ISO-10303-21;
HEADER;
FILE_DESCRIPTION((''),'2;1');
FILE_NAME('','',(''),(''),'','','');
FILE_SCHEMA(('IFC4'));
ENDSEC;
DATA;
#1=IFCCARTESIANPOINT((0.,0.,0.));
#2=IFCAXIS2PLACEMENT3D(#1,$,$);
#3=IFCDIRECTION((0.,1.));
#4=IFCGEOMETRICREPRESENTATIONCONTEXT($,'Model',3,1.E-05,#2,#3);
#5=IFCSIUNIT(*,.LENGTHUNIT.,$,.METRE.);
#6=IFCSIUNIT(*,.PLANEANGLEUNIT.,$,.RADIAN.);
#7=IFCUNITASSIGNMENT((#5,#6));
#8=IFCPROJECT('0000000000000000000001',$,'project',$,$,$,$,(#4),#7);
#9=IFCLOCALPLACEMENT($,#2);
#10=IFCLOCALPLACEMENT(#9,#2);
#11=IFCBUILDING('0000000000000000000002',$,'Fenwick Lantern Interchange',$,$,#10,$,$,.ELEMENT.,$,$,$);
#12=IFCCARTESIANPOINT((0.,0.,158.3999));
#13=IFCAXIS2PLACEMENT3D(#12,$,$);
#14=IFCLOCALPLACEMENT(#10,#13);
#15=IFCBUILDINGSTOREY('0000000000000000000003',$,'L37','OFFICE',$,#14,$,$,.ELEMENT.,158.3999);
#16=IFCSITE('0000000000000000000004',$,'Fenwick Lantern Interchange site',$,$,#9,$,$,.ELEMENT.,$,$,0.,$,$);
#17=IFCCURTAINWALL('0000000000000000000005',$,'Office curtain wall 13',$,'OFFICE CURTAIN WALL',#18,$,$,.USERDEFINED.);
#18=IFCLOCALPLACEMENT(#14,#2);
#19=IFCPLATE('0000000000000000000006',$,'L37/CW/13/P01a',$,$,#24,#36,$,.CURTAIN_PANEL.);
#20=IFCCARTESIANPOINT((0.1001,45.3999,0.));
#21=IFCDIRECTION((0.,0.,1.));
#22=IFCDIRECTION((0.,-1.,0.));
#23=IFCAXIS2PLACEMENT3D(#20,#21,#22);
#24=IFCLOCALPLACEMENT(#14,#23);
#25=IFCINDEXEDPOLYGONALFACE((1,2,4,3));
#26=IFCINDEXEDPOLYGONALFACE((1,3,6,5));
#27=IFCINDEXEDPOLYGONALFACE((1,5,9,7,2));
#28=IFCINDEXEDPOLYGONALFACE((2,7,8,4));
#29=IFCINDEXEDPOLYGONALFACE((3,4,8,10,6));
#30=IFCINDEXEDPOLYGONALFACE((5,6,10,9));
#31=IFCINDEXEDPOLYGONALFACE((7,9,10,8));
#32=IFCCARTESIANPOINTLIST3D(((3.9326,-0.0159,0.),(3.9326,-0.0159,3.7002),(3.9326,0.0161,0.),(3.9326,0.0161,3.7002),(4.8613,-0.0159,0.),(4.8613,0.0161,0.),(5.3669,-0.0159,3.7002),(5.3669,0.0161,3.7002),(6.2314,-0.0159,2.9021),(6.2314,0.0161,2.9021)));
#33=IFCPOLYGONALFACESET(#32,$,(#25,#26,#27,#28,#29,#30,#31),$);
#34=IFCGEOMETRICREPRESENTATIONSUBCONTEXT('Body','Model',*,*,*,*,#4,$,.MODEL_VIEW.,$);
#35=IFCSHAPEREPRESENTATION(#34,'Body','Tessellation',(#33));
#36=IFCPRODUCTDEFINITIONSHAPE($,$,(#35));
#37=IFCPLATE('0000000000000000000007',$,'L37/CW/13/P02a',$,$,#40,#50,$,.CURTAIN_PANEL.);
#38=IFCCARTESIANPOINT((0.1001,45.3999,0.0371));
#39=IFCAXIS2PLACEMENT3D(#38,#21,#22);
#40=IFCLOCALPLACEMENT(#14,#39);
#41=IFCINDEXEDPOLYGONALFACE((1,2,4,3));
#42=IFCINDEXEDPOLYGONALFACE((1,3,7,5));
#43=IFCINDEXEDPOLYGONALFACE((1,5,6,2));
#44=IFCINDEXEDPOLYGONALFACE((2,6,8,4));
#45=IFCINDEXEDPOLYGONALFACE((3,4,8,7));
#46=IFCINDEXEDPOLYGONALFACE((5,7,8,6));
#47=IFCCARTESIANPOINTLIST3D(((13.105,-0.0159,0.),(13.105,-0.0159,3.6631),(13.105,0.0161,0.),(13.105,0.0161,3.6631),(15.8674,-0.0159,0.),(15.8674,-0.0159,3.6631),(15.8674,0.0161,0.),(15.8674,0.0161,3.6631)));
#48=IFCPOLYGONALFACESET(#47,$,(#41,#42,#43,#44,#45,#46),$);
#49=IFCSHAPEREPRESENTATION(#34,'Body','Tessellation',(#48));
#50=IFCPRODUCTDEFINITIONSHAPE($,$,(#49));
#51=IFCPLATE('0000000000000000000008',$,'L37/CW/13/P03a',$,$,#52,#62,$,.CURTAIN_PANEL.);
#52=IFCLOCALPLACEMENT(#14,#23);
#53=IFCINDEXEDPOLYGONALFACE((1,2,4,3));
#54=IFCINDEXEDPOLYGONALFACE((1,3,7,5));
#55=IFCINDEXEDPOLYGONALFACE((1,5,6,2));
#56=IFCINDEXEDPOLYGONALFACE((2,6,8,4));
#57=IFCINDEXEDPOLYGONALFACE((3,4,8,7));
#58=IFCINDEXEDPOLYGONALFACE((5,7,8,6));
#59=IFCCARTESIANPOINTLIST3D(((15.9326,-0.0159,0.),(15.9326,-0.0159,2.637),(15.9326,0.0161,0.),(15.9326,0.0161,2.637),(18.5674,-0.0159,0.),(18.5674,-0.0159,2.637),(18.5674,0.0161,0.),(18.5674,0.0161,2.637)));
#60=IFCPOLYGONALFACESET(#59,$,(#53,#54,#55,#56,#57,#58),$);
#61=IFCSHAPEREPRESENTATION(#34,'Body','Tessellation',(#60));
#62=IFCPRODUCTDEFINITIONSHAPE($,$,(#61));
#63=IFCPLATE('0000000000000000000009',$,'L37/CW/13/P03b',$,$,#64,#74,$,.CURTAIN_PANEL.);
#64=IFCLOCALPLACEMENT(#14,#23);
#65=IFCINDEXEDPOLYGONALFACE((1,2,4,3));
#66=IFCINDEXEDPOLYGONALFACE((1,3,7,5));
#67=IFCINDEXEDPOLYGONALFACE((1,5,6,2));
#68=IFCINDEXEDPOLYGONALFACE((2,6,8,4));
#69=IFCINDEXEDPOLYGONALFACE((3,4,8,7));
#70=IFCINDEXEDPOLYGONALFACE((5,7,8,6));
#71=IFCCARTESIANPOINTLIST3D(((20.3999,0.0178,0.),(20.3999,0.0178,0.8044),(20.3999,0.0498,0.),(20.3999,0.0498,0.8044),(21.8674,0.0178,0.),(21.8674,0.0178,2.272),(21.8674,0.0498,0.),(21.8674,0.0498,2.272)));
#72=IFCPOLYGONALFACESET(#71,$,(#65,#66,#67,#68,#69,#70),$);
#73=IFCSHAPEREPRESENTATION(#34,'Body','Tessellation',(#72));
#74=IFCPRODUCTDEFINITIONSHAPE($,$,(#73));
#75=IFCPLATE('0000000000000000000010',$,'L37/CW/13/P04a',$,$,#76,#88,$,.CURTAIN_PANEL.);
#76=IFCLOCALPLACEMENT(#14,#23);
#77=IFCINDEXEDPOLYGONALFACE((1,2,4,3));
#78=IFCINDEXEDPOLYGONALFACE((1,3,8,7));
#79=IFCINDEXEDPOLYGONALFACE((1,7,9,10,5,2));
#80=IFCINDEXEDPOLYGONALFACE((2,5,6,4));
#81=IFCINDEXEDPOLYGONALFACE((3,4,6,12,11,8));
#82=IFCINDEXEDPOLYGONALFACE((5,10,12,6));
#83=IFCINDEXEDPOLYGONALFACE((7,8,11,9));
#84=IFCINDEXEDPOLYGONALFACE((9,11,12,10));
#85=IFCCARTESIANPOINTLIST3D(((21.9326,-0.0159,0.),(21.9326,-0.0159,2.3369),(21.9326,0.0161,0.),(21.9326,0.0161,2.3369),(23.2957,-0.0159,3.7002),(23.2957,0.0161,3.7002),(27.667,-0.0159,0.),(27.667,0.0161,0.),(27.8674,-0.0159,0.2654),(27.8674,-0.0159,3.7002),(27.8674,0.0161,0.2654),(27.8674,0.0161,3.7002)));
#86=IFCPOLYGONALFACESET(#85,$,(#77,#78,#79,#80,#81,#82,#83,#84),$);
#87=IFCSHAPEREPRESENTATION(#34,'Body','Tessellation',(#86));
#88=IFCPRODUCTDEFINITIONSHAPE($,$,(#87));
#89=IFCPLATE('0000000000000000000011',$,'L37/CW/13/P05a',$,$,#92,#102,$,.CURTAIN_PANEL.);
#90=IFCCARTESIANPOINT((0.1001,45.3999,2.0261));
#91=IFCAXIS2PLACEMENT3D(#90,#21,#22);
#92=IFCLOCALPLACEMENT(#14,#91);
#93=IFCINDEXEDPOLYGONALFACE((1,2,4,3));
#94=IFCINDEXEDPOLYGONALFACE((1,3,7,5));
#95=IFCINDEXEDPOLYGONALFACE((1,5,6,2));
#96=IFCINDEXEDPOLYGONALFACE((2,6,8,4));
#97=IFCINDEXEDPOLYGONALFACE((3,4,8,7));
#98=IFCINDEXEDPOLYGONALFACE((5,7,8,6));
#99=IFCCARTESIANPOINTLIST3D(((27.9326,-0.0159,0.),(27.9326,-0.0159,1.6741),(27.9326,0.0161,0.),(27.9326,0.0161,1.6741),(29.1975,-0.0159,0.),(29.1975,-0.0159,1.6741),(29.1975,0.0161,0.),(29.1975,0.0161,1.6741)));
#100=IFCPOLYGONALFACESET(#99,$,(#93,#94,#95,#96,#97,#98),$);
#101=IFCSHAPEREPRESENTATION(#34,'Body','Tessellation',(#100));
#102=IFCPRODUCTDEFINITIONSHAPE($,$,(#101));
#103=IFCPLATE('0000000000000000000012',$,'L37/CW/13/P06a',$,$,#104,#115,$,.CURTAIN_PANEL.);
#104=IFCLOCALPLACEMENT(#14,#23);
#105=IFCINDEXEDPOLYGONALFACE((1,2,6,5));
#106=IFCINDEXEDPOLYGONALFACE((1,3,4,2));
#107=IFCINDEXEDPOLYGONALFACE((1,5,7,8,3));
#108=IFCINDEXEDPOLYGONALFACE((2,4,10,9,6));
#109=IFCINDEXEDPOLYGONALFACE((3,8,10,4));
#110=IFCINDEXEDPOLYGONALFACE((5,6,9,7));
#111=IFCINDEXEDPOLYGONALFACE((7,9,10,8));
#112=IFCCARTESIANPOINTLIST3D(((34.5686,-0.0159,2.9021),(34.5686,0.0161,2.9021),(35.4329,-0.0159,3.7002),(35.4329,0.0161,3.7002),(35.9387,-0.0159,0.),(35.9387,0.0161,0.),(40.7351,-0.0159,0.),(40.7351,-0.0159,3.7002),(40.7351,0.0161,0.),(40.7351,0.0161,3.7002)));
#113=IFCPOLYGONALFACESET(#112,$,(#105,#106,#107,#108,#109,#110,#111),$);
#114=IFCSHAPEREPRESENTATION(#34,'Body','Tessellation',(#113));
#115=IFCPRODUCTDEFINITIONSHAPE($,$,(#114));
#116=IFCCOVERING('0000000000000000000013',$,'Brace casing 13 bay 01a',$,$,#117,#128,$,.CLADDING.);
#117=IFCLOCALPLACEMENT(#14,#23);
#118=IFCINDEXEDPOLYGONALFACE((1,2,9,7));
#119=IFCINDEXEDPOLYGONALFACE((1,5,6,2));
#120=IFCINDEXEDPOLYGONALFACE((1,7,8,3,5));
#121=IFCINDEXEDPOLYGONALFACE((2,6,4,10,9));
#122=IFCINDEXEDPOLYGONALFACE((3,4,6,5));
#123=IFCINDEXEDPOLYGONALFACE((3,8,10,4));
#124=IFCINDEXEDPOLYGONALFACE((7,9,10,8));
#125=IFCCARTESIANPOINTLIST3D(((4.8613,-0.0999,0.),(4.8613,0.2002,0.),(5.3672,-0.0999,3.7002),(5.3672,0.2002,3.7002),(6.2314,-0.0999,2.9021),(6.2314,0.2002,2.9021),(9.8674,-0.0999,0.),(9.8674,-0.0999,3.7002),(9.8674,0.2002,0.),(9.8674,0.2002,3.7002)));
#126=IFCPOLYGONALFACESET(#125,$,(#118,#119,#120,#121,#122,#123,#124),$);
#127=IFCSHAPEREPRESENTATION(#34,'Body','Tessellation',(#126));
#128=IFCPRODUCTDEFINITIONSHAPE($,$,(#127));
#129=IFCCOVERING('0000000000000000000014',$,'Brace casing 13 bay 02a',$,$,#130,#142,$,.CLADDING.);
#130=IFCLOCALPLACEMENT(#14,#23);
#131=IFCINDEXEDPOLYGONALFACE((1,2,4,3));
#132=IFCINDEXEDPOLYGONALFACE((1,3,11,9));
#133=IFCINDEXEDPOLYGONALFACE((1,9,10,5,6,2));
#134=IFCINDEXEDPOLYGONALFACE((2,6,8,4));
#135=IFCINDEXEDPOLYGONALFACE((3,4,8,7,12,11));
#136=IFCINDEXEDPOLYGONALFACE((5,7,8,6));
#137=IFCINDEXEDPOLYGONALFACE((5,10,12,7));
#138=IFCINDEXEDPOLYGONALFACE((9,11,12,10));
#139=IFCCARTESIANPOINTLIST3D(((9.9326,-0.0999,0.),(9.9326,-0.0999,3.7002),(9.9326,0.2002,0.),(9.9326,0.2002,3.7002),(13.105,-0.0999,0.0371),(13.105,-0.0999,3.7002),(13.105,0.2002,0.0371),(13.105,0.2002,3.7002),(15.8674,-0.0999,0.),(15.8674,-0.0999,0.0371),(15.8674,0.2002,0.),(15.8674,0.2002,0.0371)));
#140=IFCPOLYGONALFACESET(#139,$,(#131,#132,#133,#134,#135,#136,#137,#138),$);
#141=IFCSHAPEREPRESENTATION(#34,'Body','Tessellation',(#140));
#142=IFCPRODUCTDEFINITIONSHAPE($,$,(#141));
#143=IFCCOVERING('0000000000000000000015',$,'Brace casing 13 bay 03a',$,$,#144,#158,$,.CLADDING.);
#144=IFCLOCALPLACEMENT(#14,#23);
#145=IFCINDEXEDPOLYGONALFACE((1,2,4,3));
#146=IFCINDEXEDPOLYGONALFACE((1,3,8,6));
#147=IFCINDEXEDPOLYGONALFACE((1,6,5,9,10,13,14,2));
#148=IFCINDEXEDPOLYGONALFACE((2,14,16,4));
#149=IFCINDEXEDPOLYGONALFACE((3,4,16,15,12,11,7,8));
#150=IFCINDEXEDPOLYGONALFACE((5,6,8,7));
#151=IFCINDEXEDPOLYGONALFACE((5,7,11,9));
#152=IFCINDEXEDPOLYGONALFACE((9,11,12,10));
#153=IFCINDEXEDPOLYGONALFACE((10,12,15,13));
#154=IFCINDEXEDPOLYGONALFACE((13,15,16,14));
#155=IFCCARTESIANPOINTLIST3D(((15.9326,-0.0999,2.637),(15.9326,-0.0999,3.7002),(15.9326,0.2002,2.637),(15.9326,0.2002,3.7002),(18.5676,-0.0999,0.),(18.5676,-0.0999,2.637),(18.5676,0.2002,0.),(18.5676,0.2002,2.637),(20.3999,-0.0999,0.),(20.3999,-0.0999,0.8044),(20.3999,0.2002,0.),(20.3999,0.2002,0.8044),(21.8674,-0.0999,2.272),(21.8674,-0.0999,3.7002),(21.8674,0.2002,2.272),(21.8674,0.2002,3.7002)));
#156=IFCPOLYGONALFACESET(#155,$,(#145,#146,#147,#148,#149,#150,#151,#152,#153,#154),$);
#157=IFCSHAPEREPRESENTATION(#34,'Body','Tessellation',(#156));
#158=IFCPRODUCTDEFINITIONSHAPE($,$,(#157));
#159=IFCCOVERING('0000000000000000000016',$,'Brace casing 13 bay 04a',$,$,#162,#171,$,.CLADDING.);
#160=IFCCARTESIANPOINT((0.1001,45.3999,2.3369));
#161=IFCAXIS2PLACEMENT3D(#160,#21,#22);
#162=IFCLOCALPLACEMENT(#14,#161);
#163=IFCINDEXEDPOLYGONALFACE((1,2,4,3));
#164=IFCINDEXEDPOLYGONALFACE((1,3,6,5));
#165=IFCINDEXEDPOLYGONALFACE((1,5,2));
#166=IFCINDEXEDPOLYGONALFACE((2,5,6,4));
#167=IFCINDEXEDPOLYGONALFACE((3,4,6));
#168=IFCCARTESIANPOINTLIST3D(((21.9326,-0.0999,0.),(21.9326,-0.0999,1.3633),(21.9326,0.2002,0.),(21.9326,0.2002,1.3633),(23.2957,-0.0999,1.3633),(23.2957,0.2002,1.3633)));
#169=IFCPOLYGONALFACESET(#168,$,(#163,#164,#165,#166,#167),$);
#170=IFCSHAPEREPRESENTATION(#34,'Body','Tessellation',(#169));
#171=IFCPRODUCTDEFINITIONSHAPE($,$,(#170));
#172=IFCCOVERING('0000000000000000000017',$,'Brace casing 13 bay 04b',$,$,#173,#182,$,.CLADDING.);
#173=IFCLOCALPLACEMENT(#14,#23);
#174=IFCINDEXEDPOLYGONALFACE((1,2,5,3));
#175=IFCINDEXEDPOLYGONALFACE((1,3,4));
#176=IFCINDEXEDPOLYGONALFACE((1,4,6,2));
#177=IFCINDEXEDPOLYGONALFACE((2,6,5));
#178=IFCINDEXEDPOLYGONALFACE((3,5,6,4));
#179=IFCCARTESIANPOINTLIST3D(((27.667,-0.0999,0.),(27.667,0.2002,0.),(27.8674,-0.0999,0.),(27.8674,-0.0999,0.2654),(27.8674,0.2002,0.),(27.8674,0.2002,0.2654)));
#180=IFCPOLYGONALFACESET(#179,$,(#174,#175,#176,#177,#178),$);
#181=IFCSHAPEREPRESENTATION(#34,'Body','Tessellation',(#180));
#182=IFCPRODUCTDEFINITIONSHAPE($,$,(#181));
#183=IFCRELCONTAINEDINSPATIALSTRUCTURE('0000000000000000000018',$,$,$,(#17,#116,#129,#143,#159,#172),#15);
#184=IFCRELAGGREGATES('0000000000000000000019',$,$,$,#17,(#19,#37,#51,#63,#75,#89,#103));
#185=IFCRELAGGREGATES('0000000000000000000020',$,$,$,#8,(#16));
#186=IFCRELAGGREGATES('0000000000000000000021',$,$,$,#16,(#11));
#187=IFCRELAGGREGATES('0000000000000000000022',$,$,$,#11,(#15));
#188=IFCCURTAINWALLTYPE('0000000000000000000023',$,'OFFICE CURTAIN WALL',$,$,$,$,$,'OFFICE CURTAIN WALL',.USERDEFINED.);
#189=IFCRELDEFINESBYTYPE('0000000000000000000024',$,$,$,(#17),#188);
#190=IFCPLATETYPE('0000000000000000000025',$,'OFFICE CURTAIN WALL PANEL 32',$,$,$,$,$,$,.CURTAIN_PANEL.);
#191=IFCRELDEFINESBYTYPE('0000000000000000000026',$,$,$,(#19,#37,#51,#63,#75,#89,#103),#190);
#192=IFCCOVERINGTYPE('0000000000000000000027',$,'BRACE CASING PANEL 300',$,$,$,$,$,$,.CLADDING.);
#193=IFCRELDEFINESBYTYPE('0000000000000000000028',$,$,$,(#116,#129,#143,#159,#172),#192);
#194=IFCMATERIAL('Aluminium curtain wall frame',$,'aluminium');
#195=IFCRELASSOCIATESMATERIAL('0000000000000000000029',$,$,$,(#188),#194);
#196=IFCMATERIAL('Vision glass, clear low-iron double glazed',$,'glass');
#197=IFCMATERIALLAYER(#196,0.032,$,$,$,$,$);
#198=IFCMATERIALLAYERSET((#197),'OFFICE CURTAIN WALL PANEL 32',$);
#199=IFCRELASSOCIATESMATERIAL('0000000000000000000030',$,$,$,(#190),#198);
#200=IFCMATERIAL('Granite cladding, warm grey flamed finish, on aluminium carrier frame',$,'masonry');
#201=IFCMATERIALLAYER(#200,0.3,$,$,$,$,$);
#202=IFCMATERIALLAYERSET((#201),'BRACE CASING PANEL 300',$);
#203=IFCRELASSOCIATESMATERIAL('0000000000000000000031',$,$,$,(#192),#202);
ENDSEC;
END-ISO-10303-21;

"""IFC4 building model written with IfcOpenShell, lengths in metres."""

from ifc_helpers import new_model, si_unit, direction, frame, origin, place, context, subcontext, project, spatial, polyline, outline, extrude, material, layer, layer_set, type_object, element, aggregate, save


model = new_model("IFC4")

# Units and contexts
model_context = context("Model", 3, precision=1e-05, world=origin(), true_north=direction((0.0, 1.0)))
body_context = subcontext(model_context, "Body", "Model", "MODEL_VIEW")
ifc_project = project(units=[si_unit("LENGTHUNIT", "METRE"), si_unit("PLANEANGLEUNIT", "RADIAN")], contexts=[model_context])

# Site, building, storey
site_placement = place(None, origin())
site = spatial("IfcSite", under=ifc_project, at=site_placement, Name="Fenwick Lantern Interchange site", CompositionType="ELEMENT", RefElevation=0.0)
building_placement = place(site_placement, origin())
building = spatial("IfcBuilding", under=site, at=building_placement, Name="Fenwick Lantern Interchange", CompositionType="ELEMENT")
storey_placement = place(building_placement, frame((0.0, 0.0, 158.3999)))
storey = spatial("IfcBuildingStorey", under=building, at=storey_placement, Name="L37", Description="OFFICE", CompositionType="ELEMENT", Elevation=158.3999)

# Shared definitions
ifc_material_1 = material(Name="Aluminium curtain wall frame", Category="aluminium")
curtain_wall_type = type_object("IfcCurtainWallType", Name="OFFICE CURTAIN WALL", ElementType="OFFICE CURTAIN WALL", PredefinedType="USERDEFINED", material=ifc_material_1)

# Curtain wall
curtain_wall_1_placement = place(storey_placement, origin())
curtain_wall_1 = element("IfcCurtainWall", 1, at=curtain_wall_1_placement, inside=storey, type_object=curtain_wall_type, Name="Office curtain wall 13", ObjectType="OFFICE CURTAIN WALL", PredefinedType="USERDEFINED")

# Plates
ifc_material_2 = material(Name="Vision glass, clear low-iron double glazed", Category="glass")
ifc_layer_1 = layer(ifc_material_2, 0.032)
ifc_layer_set_1 = layer_set([ifc_layer_1], Name="OFFICE CURTAIN WALL PANEL 32")
plate_type = type_object("IfcPlateType", Name="OFFICE CURTAIN WALL PANEL 32", PredefinedType="CURTAIN_PANEL", material=ifc_layer_set_1)
plate_1_placement = place(storey_placement, frame((0.1001, 45.3999, 0.0), z_axis=(0.0, 0.0, 1.0), x_axis=(0.0, -1.0, 0.0)))
plate_1 = element("IfcPlate", 2, at=plate_1_placement, type_object=plate_type, Name="L37/CW/13/P01a", PredefinedType="CURTAIN_PANEL", context=body_context, shape_type="SweptSolid", body=[
    extrude(outline(polyline([(3.9326, 0.0), (4.8613, 0.0), (6.2314, 2.9021), (5.3669, 3.7002), (3.9326, 3.7002), (3.9326, 0.0)])), frame((0.0, 0.0161, 0.0), z_axis=(0.0, -1.0, 0.0), x_axis=(1.0, 0.0, 0.0)), (0.0, 0.0, 1.0), 0.032),
])
plate_2_placement = place(storey_placement, frame((0.1001, 45.3999, 0.0371), z_axis=(0.0, 0.0, 1.0), x_axis=(0.0, -1.0, 0.0)))
plate_2 = element("IfcPlate", 3, at=plate_2_placement, type_object=plate_type, Name="L37/CW/13/P02a", PredefinedType="CURTAIN_PANEL", context=body_context, shape_type="SweptSolid", body=[
    extrude(outline(polyline([(13.105, 0.0), (15.8674, 0.0), (15.8674, 3.6631), (13.105, 3.6631), (13.105, 0.0)])), frame((0.0, 0.0161, 0.0), z_axis=(0.0, -1.0, 0.0), x_axis=(1.0, 0.0, 0.0)), (0.0, 0.0, 1.0), 0.032),
])
plate_3_placement = place(storey_placement, frame((0.1001, 45.3999, 0.0), z_axis=(0.0, 0.0, 1.0), x_axis=(0.0, -1.0, 0.0)))
plate_3 = element("IfcPlate", 4, at=plate_3_placement, type_object=plate_type, Name="L37/CW/13/P03a", PredefinedType="CURTAIN_PANEL", context=body_context, shape_type="SweptSolid", body=[
    extrude(outline(polyline([(15.9326, 0.0), (18.5674, 0.0), (18.5674, 2.637), (15.9326, 2.637), (15.9326, 0.0)])), frame((0.0, 0.0161, 0.0), z_axis=(0.0, -1.0, 0.0), x_axis=(1.0, 0.0, 0.0)), (0.0, 0.0, 1.0), 0.032),
])
plate_4_placement = place(storey_placement, frame((0.1001, 45.3999, 0.0), z_axis=(0.0, 0.0, 1.0), x_axis=(0.0, -1.0, 0.0)))
plate_4 = element("IfcPlate", 5, at=plate_4_placement, type_object=plate_type, Name="L37/CW/13/P03b", PredefinedType="CURTAIN_PANEL", context=body_context, shape_type="SweptSolid", body=[
    extrude(outline(polyline([(20.3999, 0.0), (21.8674, 0.0), (21.8674, 2.272), (20.3999, 0.8044), (20.3999, 0.0)])), frame((0.0, 0.0498, 0.0), z_axis=(0.0, -1.0, 0.0), x_axis=(1.0, 0.0, 0.0)), (0.0, 0.0, 1.0), 0.032),
])
plate_5_placement = place(storey_placement, frame((0.1001, 45.3999, 0.0), z_axis=(0.0, 0.0, 1.0), x_axis=(0.0, -1.0, 0.0)))
plate_5 = element("IfcPlate", 6, at=plate_5_placement, type_object=plate_type, Name="L37/CW/13/P04a", PredefinedType="CURTAIN_PANEL", context=body_context, shape_type="SweptSolid", body=[
    extrude(outline(polyline([(21.9326, 0.0), (27.667, 0.0), (27.8674, 0.2654), (27.8674, 3.7002), (23.2957, 3.7002), (21.9326, 2.3369), (21.9326, 0.0)])), frame((0.0, 0.0161, 0.0), z_axis=(0.0, -1.0, 0.0), x_axis=(1.0, 0.0, 0.0)), (0.0, 0.0, 1.0), 0.032),
])
plate_6_placement = place(storey_placement, frame((0.1001, 45.3999, 2.0261), z_axis=(0.0, 0.0, 1.0), x_axis=(0.0, -1.0, 0.0)))
plate_6 = element("IfcPlate", 7, at=plate_6_placement, type_object=plate_type, Name="L37/CW/13/P05a", PredefinedType="CURTAIN_PANEL", context=body_context, shape_type="SweptSolid", body=[
    extrude(outline(polyline([(27.9326, 0.0), (29.1975, 0.0), (29.1975, 1.6741), (27.9326, 1.6741), (27.9326, 0.0)])), frame((0.0, 0.0161, 0.0), z_axis=(0.0, -1.0, 0.0), x_axis=(1.0, 0.0, 0.0)), (0.0, 0.0, 1.0), 0.032),
])
plate_7_placement = place(storey_placement, frame((0.1001, 45.3999, 0.0), z_axis=(0.0, 0.0, 1.0), x_axis=(0.0, -1.0, 0.0)))
plate_7 = element("IfcPlate", 8, at=plate_7_placement, type_object=plate_type, Name="L37/CW/13/P06a", PredefinedType="CURTAIN_PANEL", context=body_context, shape_type="SweptSolid", body=[
    extrude(outline(polyline([(35.9387, 0.0), (40.7351, 0.0), (40.7351, 3.7002), (35.4329, 3.7002), (34.5686, 2.9021), (35.9387, 0.0)])), frame((0.0, 0.0161, 0.0), z_axis=(0.0, -1.0, 0.0), x_axis=(1.0, 0.0, 0.0)), (0.0, 0.0, 1.0), 0.032),
])
aggregate(curtain_wall_1, [plate_1, plate_2, plate_3, plate_4, plate_5, plate_6, plate_7])

# Coverings
ifc_material_3 = material(Name="Granite cladding, warm grey flamed finish, on aluminium carrier frame", Category="masonry")
ifc_layer_2 = layer(ifc_material_3, 0.3)
ifc_layer_set_2 = layer_set([ifc_layer_2], Name="BRACE CASING PANEL 300")
covering_type = type_object("IfcCoveringType", Name="BRACE CASING PANEL 300", PredefinedType="CLADDING", material=ifc_layer_set_2)
covering_1_placement = place(storey_placement, frame((0.1001, 45.3999, 0.0), z_axis=(0.0, 0.0, 1.0), x_axis=(0.0, -1.0, 0.0)))
element("IfcCovering", 9, at=covering_1_placement, inside=storey, type_object=covering_type, Name="Brace casing 13 bay 01a", PredefinedType="CLADDING", context=body_context, shape_type="SweptSolid", body=[
    extrude(outline(polyline([(4.8613, 0.0), (9.8674, 0.0), (9.8674, 3.7002), (5.3672, 3.7002), (6.2314, 2.9021), (4.8613, 0.0)])), frame((0.0, 0.2002, 0.0), z_axis=(0.0, -1.0, 0.0), x_axis=(1.0, 0.0, 0.0)), (0.0, 0.0, 1.0), 0.3),
])
covering_2_placement = place(storey_placement, frame((0.1001, 45.3999, 0.0), z_axis=(0.0, 0.0, 1.0), x_axis=(0.0, -1.0, 0.0)))
element("IfcCovering", 10, at=covering_2_placement, inside=storey, type_object=covering_type, Name="Brace casing 13 bay 02a", PredefinedType="CLADDING", context=body_context, shape_type="SweptSolid", body=[
    extrude(outline(polyline([(9.9326, 0.0), (15.8674, 0.0), (15.8674, 0.0371), (13.105, 0.0371), (13.105, 3.7002), (9.9326, 3.7002), (9.9326, 0.0)])), frame((0.0, 0.2002, 0.0), z_axis=(0.0, -1.0, 0.0), x_axis=(1.0, 0.0, 0.0)), (0.0, 0.0, 1.0), 0.3),
])
covering_3_placement = place(storey_placement, frame((0.1001, 45.3999, 0.0), z_axis=(0.0, 0.0, 1.0), x_axis=(0.0, -1.0, 0.0)))
element("IfcCovering", 11, at=covering_3_placement, inside=storey, type_object=covering_type, Name="Brace casing 13 bay 03a", PredefinedType="CLADDING", context=body_context, shape_type="SweptSolid", body=[
    extrude(outline(polyline([(18.5676, 0.0), (20.3999, 0.0), (20.3999, 0.8044), (21.8674, 2.272), (21.8674, 3.7002), (15.9326, 3.7002), (15.9326, 2.637), (18.5676, 2.637), (18.5676, 0.0)])), frame((0.0, 0.2002, 0.0), z_axis=(0.0, -1.0, 0.0), x_axis=(1.0, 0.0, 0.0)), (0.0, 0.0, 1.0), 0.3),
])
covering_4_placement = place(storey_placement, frame((0.1001, 45.3999, 2.3369), z_axis=(0.0, 0.0, 1.0), x_axis=(0.0, -1.0, 0.0)))
element("IfcCovering", 12, at=covering_4_placement, inside=storey, type_object=covering_type, Name="Brace casing 13 bay 04a", PredefinedType="CLADDING", context=body_context, shape_type="SweptSolid", body=[
    extrude(outline(polyline([(21.9326, 0.0), (23.2957, 1.3633), (21.9326, 1.3633), (21.9326, 0.0)])), frame((0.0, 0.2002, 0.0), z_axis=(0.0, -1.0, 0.0), x_axis=(1.0, 0.0, 0.0)), (0.0, 0.0, 1.0), 0.3),
])
covering_5_placement = place(storey_placement, frame((0.1001, 45.3999, 0.0), z_axis=(0.0, 0.0, 1.0), x_axis=(0.0, -1.0, 0.0)))
element("IfcCovering", 13, at=covering_5_placement, inside=storey, type_object=covering_type, Name="Brace casing 13 bay 04b", PredefinedType="CLADDING", context=body_context, shape_type="SweptSolid", body=[
    extrude(outline(polyline([(27.667, 0.0), (27.8674, 0.0), (27.8674, 0.2654), (27.667, 0.0)])), frame((0.0, 0.2002, 0.0), z_axis=(0.0, -1.0, 0.0), x_axis=(1.0, 0.0, 0.0)), (0.0, 0.0, 1.0), 0.3),
])

save(model, "model.ifc")
